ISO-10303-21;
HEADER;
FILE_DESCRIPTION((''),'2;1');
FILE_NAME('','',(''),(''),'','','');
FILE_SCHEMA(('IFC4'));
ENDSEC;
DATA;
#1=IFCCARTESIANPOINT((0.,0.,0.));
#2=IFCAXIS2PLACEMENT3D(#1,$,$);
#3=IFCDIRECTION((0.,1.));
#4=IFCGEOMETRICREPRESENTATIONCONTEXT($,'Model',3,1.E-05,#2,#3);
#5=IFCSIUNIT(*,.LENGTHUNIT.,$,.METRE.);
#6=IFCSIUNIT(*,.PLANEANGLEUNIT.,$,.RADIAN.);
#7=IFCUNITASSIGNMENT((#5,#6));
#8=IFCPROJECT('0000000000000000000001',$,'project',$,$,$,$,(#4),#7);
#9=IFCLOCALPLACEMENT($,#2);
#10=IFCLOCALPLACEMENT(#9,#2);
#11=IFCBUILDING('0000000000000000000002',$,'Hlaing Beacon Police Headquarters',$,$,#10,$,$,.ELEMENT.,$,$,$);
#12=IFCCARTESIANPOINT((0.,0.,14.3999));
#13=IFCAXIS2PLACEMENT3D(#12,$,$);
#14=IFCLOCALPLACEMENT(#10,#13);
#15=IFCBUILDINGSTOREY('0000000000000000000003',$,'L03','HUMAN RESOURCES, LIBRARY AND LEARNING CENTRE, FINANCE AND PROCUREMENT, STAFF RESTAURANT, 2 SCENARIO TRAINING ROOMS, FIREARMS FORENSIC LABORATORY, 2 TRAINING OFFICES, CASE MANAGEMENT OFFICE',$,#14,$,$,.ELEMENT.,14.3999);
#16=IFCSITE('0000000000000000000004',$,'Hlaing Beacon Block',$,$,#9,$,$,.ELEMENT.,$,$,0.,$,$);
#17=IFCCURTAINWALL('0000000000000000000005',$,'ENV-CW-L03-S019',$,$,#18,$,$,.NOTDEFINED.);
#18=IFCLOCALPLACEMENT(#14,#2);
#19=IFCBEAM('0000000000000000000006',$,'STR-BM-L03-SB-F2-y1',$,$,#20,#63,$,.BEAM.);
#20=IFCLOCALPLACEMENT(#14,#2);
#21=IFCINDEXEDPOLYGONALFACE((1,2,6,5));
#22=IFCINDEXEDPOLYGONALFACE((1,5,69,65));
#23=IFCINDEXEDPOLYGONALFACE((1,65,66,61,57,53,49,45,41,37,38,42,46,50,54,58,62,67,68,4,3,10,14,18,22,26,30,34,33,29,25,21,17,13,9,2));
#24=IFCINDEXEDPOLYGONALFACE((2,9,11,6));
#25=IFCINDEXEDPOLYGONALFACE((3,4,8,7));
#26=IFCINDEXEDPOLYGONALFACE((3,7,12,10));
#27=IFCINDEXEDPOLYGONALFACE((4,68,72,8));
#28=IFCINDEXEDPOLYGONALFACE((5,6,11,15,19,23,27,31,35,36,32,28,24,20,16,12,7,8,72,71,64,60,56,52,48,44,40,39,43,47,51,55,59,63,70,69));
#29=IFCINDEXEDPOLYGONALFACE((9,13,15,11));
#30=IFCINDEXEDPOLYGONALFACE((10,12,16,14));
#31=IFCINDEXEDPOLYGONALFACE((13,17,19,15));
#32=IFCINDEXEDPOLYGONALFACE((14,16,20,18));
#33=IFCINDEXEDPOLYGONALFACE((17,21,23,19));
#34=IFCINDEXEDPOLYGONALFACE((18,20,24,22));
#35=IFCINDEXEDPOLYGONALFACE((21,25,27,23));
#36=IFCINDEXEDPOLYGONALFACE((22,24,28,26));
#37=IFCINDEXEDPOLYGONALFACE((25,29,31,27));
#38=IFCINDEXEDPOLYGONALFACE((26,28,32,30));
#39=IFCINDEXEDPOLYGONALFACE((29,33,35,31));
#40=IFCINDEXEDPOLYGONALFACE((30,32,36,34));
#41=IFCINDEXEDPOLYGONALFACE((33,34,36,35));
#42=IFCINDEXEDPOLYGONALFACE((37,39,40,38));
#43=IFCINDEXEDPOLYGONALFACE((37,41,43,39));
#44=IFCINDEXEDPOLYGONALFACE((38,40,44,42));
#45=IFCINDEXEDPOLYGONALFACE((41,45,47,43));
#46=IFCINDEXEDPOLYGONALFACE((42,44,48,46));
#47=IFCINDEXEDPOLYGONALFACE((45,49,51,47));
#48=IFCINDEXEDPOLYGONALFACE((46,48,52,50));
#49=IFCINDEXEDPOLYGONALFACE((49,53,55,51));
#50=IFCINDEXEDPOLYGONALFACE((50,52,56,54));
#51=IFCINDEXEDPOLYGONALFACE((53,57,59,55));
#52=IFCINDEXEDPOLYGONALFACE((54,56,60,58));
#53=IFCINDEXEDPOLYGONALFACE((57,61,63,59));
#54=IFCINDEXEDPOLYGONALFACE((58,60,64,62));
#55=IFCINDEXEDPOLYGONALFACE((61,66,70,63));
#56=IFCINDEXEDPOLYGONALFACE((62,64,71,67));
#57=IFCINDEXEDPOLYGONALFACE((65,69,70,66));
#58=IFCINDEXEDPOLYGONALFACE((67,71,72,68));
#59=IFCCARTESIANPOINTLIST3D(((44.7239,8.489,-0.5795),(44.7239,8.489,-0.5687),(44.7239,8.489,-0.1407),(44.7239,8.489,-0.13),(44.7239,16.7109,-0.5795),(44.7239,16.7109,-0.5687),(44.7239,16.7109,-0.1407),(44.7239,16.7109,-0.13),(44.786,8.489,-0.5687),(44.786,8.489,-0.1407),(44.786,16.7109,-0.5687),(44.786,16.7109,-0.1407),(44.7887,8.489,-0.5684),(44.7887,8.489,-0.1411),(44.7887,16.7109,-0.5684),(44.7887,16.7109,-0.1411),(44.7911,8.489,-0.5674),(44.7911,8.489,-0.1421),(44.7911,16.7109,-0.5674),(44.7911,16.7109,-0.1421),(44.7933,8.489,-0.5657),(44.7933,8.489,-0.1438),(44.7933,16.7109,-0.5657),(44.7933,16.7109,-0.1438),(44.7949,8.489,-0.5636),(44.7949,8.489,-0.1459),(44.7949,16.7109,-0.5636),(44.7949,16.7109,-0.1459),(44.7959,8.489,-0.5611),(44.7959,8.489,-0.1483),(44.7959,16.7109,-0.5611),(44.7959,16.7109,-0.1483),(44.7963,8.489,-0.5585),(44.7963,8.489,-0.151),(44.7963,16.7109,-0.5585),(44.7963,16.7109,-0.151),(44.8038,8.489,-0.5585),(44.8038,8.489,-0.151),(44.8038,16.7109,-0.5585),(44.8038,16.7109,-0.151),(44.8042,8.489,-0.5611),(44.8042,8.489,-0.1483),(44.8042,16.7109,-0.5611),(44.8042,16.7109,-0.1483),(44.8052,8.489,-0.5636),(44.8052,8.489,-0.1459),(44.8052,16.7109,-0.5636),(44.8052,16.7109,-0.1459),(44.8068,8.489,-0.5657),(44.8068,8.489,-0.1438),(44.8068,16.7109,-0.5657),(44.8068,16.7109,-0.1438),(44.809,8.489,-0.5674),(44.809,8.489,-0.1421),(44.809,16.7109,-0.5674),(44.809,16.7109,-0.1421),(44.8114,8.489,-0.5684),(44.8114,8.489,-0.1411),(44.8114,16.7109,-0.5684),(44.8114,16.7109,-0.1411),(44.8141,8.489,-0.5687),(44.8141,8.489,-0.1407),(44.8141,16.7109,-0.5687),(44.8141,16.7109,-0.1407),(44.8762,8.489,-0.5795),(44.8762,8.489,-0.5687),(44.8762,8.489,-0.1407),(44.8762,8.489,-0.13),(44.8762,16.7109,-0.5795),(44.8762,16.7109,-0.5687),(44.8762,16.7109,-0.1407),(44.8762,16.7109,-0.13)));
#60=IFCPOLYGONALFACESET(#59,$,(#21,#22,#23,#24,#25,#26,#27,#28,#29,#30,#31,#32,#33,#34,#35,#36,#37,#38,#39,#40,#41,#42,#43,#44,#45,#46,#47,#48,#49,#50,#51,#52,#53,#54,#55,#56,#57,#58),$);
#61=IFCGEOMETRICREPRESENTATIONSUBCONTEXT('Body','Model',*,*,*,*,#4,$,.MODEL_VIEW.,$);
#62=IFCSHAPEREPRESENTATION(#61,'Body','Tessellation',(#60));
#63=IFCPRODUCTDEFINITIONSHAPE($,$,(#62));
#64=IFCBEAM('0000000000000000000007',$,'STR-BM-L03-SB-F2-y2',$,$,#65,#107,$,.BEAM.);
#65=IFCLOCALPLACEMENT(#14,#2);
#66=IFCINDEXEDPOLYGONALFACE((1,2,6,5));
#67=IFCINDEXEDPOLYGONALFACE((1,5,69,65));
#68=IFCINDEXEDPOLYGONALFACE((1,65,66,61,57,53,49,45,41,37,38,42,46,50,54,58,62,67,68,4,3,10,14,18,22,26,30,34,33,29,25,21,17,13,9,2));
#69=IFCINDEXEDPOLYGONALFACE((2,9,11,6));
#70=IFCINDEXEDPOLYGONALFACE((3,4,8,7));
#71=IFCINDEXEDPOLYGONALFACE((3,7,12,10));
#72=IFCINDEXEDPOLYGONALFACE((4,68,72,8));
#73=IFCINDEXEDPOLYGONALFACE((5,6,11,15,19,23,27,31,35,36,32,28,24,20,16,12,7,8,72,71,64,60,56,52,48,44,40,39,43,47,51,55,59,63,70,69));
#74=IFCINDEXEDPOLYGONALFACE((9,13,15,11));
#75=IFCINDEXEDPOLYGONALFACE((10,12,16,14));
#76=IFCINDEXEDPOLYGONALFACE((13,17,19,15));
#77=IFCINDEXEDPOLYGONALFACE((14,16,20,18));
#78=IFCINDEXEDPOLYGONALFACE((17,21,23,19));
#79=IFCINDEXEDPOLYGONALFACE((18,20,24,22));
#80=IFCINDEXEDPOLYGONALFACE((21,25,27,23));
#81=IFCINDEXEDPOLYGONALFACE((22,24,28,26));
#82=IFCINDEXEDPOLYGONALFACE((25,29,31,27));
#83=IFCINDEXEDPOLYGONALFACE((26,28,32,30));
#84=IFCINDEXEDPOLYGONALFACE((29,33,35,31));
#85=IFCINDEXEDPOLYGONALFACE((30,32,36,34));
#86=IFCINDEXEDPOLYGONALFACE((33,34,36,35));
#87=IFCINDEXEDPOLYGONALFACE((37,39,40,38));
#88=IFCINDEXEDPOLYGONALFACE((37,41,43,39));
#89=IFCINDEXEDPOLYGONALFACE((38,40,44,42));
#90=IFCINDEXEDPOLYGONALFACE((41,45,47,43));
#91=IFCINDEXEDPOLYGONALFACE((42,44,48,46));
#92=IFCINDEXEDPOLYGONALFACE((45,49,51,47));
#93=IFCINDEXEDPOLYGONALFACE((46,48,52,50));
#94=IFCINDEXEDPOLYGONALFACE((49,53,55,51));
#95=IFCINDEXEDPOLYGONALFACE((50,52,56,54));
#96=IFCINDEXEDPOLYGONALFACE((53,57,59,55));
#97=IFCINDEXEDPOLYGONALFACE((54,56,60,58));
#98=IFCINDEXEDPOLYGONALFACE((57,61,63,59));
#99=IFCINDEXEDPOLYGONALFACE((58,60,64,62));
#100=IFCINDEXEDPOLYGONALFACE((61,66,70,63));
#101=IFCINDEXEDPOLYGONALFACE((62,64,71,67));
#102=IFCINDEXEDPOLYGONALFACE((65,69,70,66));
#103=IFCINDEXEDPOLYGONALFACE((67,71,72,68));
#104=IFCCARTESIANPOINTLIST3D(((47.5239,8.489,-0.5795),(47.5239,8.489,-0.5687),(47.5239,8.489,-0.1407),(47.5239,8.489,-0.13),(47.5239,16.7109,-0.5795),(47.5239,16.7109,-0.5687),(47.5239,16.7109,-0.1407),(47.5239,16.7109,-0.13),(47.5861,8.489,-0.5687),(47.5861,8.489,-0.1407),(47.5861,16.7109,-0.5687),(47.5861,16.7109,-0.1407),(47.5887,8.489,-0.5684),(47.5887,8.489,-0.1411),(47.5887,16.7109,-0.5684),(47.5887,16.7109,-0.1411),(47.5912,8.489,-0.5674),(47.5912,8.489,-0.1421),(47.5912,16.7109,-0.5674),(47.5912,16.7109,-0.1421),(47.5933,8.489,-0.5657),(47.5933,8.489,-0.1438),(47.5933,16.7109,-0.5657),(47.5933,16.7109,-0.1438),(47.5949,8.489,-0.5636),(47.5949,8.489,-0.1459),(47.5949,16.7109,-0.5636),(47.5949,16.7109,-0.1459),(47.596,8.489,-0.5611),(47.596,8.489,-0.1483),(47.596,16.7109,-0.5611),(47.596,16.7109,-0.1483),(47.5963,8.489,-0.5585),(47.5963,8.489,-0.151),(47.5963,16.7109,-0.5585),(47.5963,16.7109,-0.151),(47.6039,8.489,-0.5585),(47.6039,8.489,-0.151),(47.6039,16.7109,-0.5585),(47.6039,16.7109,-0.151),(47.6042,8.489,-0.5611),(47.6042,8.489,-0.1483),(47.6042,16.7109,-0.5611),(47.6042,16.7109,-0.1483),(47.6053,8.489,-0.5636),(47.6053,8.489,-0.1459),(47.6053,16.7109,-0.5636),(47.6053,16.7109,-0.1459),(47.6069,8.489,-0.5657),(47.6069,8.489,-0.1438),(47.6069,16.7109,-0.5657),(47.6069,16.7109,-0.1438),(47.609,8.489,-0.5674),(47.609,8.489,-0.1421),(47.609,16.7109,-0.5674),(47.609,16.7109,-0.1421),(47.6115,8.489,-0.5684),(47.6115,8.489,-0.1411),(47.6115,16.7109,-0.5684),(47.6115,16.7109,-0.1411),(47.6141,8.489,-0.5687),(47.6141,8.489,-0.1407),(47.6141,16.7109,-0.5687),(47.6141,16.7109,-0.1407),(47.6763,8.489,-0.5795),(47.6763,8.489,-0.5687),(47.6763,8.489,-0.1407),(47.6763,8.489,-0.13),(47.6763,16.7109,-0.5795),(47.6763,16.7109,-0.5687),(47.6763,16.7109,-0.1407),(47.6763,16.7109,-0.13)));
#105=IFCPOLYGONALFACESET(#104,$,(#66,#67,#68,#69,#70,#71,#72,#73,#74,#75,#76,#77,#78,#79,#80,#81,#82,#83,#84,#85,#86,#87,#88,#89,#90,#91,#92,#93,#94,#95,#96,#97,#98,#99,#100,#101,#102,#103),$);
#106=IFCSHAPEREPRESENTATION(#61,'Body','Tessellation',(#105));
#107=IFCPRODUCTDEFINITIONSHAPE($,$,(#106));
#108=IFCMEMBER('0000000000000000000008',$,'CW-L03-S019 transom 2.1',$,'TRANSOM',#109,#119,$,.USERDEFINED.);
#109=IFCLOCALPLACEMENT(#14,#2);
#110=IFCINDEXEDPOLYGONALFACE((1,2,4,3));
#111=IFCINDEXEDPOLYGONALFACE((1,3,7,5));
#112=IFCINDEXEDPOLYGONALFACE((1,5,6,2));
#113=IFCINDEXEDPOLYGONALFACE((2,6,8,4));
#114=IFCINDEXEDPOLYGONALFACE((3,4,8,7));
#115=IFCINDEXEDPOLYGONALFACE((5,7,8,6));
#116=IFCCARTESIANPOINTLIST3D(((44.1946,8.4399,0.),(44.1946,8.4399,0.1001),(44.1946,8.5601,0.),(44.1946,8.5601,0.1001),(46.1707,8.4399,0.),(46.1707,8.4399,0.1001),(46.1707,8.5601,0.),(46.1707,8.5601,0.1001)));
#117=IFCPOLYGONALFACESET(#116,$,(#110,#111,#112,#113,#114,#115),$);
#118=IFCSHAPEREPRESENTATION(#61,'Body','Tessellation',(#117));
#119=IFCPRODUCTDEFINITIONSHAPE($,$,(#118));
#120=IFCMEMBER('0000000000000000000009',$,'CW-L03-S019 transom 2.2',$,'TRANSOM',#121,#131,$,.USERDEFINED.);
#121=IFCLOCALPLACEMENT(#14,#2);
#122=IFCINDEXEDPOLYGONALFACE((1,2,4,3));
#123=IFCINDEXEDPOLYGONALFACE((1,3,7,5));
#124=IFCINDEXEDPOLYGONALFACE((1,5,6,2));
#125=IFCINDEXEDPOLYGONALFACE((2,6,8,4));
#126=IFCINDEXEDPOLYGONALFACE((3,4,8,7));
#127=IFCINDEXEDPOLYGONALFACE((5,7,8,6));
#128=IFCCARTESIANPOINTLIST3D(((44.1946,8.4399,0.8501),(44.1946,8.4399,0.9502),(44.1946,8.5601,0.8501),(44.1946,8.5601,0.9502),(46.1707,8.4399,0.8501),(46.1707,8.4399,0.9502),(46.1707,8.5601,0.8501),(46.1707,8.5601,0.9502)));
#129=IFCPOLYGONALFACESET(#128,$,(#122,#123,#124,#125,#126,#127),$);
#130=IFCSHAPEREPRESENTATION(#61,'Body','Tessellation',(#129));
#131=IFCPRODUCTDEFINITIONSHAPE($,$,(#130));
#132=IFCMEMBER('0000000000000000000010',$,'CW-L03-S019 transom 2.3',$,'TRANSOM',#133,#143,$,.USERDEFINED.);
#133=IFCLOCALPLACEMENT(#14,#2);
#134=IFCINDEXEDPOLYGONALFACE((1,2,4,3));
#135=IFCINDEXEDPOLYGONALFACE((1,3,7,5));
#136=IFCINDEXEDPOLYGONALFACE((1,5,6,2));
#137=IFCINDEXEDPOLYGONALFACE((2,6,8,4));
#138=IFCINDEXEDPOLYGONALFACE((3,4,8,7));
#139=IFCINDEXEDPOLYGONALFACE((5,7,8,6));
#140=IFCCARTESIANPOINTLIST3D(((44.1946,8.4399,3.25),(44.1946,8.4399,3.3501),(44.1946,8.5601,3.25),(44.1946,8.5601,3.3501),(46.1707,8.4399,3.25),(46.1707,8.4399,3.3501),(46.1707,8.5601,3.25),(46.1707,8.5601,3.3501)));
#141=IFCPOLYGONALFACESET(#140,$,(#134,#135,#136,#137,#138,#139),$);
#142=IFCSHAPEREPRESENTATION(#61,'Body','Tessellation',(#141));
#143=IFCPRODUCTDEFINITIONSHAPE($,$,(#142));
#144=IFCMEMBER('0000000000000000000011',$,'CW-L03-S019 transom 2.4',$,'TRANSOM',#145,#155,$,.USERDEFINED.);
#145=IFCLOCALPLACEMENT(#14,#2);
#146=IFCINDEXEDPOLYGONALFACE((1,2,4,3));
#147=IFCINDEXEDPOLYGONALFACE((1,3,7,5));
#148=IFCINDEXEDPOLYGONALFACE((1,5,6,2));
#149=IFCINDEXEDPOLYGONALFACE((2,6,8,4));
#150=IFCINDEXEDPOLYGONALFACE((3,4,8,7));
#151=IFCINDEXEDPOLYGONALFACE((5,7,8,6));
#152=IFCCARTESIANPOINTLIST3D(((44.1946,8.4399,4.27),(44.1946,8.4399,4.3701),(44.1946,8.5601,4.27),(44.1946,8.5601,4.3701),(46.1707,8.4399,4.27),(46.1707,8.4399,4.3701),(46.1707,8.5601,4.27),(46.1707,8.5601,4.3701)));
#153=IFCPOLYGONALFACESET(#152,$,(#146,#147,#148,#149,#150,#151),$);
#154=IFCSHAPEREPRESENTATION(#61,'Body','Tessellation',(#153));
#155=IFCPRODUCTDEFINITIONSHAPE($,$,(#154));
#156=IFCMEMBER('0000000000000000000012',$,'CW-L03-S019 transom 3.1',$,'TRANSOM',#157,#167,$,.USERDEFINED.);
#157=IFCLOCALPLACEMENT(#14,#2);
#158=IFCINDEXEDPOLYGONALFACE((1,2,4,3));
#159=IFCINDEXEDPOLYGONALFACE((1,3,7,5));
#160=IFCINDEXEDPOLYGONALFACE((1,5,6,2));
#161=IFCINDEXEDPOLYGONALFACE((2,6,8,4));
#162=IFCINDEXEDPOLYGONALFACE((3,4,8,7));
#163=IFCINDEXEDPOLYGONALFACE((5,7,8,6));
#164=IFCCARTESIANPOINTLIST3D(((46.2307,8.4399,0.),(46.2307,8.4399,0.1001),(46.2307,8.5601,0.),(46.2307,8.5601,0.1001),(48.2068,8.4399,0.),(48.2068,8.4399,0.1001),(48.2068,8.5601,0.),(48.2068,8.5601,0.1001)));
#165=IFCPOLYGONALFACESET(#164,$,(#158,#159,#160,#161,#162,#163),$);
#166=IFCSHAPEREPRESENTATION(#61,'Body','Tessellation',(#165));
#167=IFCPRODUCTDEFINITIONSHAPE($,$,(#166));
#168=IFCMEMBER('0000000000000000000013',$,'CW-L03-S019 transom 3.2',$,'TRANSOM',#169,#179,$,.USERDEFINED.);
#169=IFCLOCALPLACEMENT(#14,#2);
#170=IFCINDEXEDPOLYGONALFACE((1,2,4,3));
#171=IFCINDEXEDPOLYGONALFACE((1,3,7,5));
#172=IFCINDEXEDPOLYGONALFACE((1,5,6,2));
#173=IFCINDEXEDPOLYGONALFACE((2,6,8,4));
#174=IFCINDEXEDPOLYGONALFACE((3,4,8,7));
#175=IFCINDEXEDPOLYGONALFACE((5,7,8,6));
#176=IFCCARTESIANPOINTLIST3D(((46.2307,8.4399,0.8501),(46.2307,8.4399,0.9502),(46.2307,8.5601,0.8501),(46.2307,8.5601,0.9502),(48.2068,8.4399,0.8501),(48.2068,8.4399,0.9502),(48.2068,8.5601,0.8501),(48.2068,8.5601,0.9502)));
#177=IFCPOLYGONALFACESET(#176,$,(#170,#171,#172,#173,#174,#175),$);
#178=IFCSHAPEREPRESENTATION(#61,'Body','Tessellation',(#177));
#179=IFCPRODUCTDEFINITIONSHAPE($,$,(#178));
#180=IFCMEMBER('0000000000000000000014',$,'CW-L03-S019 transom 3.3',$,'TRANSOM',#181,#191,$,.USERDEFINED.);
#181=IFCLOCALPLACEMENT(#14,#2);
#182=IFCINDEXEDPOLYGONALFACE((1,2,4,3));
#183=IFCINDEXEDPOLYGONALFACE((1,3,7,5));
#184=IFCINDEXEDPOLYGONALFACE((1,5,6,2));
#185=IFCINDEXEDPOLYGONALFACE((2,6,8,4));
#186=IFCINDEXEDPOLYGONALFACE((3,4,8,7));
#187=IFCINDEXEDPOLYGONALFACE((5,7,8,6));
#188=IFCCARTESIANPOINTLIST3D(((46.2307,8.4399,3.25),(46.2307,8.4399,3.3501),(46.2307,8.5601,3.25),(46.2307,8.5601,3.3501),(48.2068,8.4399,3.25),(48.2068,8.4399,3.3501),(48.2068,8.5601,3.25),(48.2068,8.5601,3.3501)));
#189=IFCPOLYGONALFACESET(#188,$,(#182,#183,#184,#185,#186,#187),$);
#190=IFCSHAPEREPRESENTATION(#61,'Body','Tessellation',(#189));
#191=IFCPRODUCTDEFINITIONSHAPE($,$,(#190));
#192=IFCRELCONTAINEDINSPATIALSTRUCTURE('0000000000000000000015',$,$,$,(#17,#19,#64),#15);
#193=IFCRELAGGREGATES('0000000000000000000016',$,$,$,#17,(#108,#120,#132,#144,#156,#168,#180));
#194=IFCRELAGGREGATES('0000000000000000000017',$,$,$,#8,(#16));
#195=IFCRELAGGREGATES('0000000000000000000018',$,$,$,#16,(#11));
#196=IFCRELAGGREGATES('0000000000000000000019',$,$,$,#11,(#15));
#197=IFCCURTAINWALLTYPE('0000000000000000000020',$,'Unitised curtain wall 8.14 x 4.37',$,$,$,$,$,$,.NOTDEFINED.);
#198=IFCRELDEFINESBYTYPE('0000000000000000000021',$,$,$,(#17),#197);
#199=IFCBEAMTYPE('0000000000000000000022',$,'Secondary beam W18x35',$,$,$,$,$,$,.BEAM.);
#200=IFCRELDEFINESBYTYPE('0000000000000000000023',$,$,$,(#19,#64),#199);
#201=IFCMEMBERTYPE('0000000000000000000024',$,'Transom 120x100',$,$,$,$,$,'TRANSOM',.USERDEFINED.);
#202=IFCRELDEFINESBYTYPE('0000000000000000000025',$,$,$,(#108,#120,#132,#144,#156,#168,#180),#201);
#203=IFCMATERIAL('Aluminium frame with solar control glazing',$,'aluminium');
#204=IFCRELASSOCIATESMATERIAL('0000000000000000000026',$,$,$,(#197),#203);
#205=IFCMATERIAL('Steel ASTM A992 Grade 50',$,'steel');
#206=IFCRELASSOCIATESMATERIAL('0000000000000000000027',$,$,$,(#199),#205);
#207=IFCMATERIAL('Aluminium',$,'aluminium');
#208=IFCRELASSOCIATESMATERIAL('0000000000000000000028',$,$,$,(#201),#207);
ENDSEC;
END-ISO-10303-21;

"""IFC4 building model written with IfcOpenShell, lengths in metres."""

from ifc_helpers import new_model, si_unit, direction, frame, origin, origin_2d, place, context, subcontext, project, spatial, rectangle, i_section, extrude, material, material_profile, profile_set, type_object, element, aggregate, save


model = new_model("IFC4")

# Units and contexts
model_context = context("Model", 3, precision=1e-05, world=origin(), true_north=direction((0.0, 1.0)))
body_context = subcontext(model_context, "Body", "Model", "MODEL_VIEW")
ifc_project = project(units=[si_unit("LENGTHUNIT", "METRE"), si_unit("PLANEANGLEUNIT", "RADIAN")], contexts=[model_context])

# Site, building, storey
site_placement = place(None, origin())
site = spatial("IfcSite", under=ifc_project, at=site_placement, Name="Hlaing Beacon Block", CompositionType="ELEMENT", RefElevation=0.0)
building_placement = place(site_placement, origin())
building = spatial("IfcBuilding", under=site, at=building_placement, Name="Hlaing Beacon Police Headquarters", CompositionType="ELEMENT")
storey_placement = place(building_placement, frame((0.0, 0.0, 14.3999)))
storey = spatial("IfcBuildingStorey", under=building, at=storey_placement, Name="L03", Description="HUMAN RESOURCES, LIBRARY AND LEARNING CENTRE, FINANCE AND PROCUREMENT, STAFF RESTAURANT, 2 SCENARIO TRAINING ROOMS, FIREARMS FORENSIC LABORATORY, 2 TRAINING OFFICES, CASE MANAGEMENT OFFICE", CompositionType="ELEMENT", Elevation=14.3999)

# Curtain wall
ifc_material_1 = material(Name="Aluminium frame with solar control glazing", Category="aluminium")
curtain_wall_type = type_object("IfcCurtainWallType", Name="Unitised curtain wall 8.14 x 4.37", PredefinedType="NOTDEFINED", material=ifc_material_1)
curtain_wall_placement = place(storey_placement, origin())
curtain_wall = element("IfcCurtainWall", 1, at=curtain_wall_placement, inside=storey, type_object=curtain_wall_type, Name="ENV-CW-L03-S019", PredefinedType="NOTDEFINED")

# Beams
ifc_material_2 = material(Name="Steel ASTM A992 Grade 50", Category="steel")
ifc_material_profile_1 = material_profile(ifc_material_2, i_section(OverallWidth=0.1523, OverallDepth=0.4495, WebThickness=0.0076, FlangeThickness=0.0107, FilletRadius=0.0103, at=origin_2d()), Name="W18x35")
ifc_profile_set_1 = profile_set([ifc_material_profile_1], Name="Steel ASTM A992 Grade 50")
beam_type_1 = type_object("IfcBeamType", Name="Secondary beam W18x35", PredefinedType="BEAM", material=ifc_profile_set_1)
for number, where, z_axis, x_axis, name in (
    (2, (44.8, 8.489, -0.3547), (0.0, 1.0, 0.0), (-1.0, 0.0, 0.0), "STR-BM-L03-SB-F2-y1"),
    (3, (47.6001, 8.489, -0.3547), (0.0, 1.0, 0.0), (-1.0, 0.0, 0.0), "STR-BM-L03-SB-F2-y2"),
):
    element("IfcBeam", number, at=place(storey_placement, frame(where, z_axis=z_axis, x_axis=x_axis)), inside=storey, type_object=beam_type_1, Name=name, PredefinedType="BEAM", context=body_context, shape_type="SweptSolid", body=[
        extrude(i_section(OverallWidth=0.1523, OverallDepth=0.4495, WebThickness=0.0076, FlangeThickness=0.0107, FilletRadius=0.0103, at=origin_2d()), origin(), (0.0, 0.0, 1.0), 8.2219),
    ])

# Members
ifc_material_3 = material(Name="Aluminium", Category="aluminium")
ifc_material_profile_2 = material_profile(ifc_material_3, rectangle(XDim=0.1201, YDim=0.1001, at=origin_2d()), Name="Transom 120x100")
ifc_profile_set_2 = profile_set([ifc_material_profile_2], Name="Aluminium")
member_type_1 = type_object("IfcMemberType", Name="Transom 120x100", ElementType="TRANSOM", PredefinedType="USERDEFINED", material=ifc_profile_set_2)
member_1_placement = place(storey_placement, frame((44.1946, 8.5, 0.05), z_axis=(1.0, 0.0, 0.0), x_axis=(0.0, 1.0, 0.0)))
member_1 = element("IfcMember", 4, at=member_1_placement, type_object=member_type_1, Name="CW-L03-S019 transom 2.1", ObjectType="TRANSOM", PredefinedType="USERDEFINED", context=body_context, shape_type="SweptSolid", body=[
    extrude(rectangle(XDim=0.1201, YDim=0.1001, at=origin_2d()), origin(), (0.0, 0.0, 1.0), 1.9761),
])
member_2_placement = place(storey_placement, frame((44.1946, 8.5, 0.9001), z_axis=(1.0, 0.0, 0.0), x_axis=(0.0, 1.0, 0.0)))
member_2 = element("IfcMember", 5, at=member_2_placement, type_object=member_type_1, Name="CW-L03-S019 transom 2.2", ObjectType="TRANSOM", PredefinedType="USERDEFINED", context=body_context, shape_type="SweptSolid", body=[
    extrude(rectangle(XDim=0.1201, YDim=0.1001, at=origin_2d()), origin(), (0.0, 0.0, 1.0), 1.9761),
])
member_3_placement = place(storey_placement, frame((44.1946, 8.5, 3.3), z_axis=(1.0, 0.0, 0.0), x_axis=(0.0, 1.0, 0.0)))
member_3 = element("IfcMember", 6, at=member_3_placement, type_object=member_type_1, Name="CW-L03-S019 transom 2.3", ObjectType="TRANSOM", PredefinedType="USERDEFINED", context=body_context, shape_type="SweptSolid", body=[
    extrude(rectangle(XDim=0.1201, YDim=0.1001, at=origin_2d()), origin(), (0.0, 0.0, 1.0), 1.9761),
])
member_4_placement = place(storey_placement, frame((44.1946, 8.5, 4.3201), z_axis=(1.0, 0.0, 0.0), x_axis=(0.0, 1.0, 0.0)))
member_4 = element("IfcMember", 7, at=member_4_placement, type_object=member_type_1, Name="CW-L03-S019 transom 2.4", ObjectType="TRANSOM", PredefinedType="USERDEFINED", context=body_context, shape_type="SweptSolid", body=[
    extrude(rectangle(XDim=0.1201, YDim=0.1001, at=origin_2d()), origin(), (0.0, 0.0, 1.0), 1.9761),
])
member_5_placement = place(storey_placement, frame((46.2307, 8.5, 0.05), z_axis=(1.0, 0.0, 0.0), x_axis=(0.0, 1.0, 0.0)))
member_5 = element("IfcMember", 8, at=member_5_placement, type_object=member_type_1, Name="CW-L03-S019 transom 3.1", ObjectType="TRANSOM", PredefinedType="USERDEFINED", context=body_context, shape_type="SweptSolid", body=[
    extrude(rectangle(XDim=0.1201, YDim=0.1001, at=origin_2d()), origin(), (0.0, 0.0, 1.0), 1.9761),
])
member_6_placement = place(storey_placement, frame((46.2307, 8.5, 0.9001), z_axis=(1.0, 0.0, 0.0), x_axis=(0.0, 1.0, 0.0)))
member_6 = element("IfcMember", 9, at=member_6_placement, type_object=member_type_1, Name="CW-L03-S019 transom 3.2", ObjectType="TRANSOM", PredefinedType="USERDEFINED", context=body_context, shape_type="SweptSolid", body=[
    extrude(rectangle(XDim=0.1201, YDim=0.1001, at=origin_2d()), origin(), (0.0, 0.0, 1.0), 1.9761),
])
member_7_placement = place(storey_placement, frame((46.2307, 8.5, 3.3), z_axis=(1.0, 0.0, 0.0), x_axis=(0.0, 1.0, 0.0)))
member_7 = element("IfcMember", 10, at=member_7_placement, type_object=member_type_1, Name="CW-L03-S019 transom 3.3", ObjectType="TRANSOM", PredefinedType="USERDEFINED", context=body_context, shape_type="SweptSolid", body=[
    extrude(rectangle(XDim=0.1201, YDim=0.1001, at=origin_2d()), origin(), (0.0, 0.0, 1.0), 1.9761),
])

aggregate(curtain_wall, [member_1, member_2, member_3, member_4, member_5, member_6, member_7])

save(model, "model.ifc")
